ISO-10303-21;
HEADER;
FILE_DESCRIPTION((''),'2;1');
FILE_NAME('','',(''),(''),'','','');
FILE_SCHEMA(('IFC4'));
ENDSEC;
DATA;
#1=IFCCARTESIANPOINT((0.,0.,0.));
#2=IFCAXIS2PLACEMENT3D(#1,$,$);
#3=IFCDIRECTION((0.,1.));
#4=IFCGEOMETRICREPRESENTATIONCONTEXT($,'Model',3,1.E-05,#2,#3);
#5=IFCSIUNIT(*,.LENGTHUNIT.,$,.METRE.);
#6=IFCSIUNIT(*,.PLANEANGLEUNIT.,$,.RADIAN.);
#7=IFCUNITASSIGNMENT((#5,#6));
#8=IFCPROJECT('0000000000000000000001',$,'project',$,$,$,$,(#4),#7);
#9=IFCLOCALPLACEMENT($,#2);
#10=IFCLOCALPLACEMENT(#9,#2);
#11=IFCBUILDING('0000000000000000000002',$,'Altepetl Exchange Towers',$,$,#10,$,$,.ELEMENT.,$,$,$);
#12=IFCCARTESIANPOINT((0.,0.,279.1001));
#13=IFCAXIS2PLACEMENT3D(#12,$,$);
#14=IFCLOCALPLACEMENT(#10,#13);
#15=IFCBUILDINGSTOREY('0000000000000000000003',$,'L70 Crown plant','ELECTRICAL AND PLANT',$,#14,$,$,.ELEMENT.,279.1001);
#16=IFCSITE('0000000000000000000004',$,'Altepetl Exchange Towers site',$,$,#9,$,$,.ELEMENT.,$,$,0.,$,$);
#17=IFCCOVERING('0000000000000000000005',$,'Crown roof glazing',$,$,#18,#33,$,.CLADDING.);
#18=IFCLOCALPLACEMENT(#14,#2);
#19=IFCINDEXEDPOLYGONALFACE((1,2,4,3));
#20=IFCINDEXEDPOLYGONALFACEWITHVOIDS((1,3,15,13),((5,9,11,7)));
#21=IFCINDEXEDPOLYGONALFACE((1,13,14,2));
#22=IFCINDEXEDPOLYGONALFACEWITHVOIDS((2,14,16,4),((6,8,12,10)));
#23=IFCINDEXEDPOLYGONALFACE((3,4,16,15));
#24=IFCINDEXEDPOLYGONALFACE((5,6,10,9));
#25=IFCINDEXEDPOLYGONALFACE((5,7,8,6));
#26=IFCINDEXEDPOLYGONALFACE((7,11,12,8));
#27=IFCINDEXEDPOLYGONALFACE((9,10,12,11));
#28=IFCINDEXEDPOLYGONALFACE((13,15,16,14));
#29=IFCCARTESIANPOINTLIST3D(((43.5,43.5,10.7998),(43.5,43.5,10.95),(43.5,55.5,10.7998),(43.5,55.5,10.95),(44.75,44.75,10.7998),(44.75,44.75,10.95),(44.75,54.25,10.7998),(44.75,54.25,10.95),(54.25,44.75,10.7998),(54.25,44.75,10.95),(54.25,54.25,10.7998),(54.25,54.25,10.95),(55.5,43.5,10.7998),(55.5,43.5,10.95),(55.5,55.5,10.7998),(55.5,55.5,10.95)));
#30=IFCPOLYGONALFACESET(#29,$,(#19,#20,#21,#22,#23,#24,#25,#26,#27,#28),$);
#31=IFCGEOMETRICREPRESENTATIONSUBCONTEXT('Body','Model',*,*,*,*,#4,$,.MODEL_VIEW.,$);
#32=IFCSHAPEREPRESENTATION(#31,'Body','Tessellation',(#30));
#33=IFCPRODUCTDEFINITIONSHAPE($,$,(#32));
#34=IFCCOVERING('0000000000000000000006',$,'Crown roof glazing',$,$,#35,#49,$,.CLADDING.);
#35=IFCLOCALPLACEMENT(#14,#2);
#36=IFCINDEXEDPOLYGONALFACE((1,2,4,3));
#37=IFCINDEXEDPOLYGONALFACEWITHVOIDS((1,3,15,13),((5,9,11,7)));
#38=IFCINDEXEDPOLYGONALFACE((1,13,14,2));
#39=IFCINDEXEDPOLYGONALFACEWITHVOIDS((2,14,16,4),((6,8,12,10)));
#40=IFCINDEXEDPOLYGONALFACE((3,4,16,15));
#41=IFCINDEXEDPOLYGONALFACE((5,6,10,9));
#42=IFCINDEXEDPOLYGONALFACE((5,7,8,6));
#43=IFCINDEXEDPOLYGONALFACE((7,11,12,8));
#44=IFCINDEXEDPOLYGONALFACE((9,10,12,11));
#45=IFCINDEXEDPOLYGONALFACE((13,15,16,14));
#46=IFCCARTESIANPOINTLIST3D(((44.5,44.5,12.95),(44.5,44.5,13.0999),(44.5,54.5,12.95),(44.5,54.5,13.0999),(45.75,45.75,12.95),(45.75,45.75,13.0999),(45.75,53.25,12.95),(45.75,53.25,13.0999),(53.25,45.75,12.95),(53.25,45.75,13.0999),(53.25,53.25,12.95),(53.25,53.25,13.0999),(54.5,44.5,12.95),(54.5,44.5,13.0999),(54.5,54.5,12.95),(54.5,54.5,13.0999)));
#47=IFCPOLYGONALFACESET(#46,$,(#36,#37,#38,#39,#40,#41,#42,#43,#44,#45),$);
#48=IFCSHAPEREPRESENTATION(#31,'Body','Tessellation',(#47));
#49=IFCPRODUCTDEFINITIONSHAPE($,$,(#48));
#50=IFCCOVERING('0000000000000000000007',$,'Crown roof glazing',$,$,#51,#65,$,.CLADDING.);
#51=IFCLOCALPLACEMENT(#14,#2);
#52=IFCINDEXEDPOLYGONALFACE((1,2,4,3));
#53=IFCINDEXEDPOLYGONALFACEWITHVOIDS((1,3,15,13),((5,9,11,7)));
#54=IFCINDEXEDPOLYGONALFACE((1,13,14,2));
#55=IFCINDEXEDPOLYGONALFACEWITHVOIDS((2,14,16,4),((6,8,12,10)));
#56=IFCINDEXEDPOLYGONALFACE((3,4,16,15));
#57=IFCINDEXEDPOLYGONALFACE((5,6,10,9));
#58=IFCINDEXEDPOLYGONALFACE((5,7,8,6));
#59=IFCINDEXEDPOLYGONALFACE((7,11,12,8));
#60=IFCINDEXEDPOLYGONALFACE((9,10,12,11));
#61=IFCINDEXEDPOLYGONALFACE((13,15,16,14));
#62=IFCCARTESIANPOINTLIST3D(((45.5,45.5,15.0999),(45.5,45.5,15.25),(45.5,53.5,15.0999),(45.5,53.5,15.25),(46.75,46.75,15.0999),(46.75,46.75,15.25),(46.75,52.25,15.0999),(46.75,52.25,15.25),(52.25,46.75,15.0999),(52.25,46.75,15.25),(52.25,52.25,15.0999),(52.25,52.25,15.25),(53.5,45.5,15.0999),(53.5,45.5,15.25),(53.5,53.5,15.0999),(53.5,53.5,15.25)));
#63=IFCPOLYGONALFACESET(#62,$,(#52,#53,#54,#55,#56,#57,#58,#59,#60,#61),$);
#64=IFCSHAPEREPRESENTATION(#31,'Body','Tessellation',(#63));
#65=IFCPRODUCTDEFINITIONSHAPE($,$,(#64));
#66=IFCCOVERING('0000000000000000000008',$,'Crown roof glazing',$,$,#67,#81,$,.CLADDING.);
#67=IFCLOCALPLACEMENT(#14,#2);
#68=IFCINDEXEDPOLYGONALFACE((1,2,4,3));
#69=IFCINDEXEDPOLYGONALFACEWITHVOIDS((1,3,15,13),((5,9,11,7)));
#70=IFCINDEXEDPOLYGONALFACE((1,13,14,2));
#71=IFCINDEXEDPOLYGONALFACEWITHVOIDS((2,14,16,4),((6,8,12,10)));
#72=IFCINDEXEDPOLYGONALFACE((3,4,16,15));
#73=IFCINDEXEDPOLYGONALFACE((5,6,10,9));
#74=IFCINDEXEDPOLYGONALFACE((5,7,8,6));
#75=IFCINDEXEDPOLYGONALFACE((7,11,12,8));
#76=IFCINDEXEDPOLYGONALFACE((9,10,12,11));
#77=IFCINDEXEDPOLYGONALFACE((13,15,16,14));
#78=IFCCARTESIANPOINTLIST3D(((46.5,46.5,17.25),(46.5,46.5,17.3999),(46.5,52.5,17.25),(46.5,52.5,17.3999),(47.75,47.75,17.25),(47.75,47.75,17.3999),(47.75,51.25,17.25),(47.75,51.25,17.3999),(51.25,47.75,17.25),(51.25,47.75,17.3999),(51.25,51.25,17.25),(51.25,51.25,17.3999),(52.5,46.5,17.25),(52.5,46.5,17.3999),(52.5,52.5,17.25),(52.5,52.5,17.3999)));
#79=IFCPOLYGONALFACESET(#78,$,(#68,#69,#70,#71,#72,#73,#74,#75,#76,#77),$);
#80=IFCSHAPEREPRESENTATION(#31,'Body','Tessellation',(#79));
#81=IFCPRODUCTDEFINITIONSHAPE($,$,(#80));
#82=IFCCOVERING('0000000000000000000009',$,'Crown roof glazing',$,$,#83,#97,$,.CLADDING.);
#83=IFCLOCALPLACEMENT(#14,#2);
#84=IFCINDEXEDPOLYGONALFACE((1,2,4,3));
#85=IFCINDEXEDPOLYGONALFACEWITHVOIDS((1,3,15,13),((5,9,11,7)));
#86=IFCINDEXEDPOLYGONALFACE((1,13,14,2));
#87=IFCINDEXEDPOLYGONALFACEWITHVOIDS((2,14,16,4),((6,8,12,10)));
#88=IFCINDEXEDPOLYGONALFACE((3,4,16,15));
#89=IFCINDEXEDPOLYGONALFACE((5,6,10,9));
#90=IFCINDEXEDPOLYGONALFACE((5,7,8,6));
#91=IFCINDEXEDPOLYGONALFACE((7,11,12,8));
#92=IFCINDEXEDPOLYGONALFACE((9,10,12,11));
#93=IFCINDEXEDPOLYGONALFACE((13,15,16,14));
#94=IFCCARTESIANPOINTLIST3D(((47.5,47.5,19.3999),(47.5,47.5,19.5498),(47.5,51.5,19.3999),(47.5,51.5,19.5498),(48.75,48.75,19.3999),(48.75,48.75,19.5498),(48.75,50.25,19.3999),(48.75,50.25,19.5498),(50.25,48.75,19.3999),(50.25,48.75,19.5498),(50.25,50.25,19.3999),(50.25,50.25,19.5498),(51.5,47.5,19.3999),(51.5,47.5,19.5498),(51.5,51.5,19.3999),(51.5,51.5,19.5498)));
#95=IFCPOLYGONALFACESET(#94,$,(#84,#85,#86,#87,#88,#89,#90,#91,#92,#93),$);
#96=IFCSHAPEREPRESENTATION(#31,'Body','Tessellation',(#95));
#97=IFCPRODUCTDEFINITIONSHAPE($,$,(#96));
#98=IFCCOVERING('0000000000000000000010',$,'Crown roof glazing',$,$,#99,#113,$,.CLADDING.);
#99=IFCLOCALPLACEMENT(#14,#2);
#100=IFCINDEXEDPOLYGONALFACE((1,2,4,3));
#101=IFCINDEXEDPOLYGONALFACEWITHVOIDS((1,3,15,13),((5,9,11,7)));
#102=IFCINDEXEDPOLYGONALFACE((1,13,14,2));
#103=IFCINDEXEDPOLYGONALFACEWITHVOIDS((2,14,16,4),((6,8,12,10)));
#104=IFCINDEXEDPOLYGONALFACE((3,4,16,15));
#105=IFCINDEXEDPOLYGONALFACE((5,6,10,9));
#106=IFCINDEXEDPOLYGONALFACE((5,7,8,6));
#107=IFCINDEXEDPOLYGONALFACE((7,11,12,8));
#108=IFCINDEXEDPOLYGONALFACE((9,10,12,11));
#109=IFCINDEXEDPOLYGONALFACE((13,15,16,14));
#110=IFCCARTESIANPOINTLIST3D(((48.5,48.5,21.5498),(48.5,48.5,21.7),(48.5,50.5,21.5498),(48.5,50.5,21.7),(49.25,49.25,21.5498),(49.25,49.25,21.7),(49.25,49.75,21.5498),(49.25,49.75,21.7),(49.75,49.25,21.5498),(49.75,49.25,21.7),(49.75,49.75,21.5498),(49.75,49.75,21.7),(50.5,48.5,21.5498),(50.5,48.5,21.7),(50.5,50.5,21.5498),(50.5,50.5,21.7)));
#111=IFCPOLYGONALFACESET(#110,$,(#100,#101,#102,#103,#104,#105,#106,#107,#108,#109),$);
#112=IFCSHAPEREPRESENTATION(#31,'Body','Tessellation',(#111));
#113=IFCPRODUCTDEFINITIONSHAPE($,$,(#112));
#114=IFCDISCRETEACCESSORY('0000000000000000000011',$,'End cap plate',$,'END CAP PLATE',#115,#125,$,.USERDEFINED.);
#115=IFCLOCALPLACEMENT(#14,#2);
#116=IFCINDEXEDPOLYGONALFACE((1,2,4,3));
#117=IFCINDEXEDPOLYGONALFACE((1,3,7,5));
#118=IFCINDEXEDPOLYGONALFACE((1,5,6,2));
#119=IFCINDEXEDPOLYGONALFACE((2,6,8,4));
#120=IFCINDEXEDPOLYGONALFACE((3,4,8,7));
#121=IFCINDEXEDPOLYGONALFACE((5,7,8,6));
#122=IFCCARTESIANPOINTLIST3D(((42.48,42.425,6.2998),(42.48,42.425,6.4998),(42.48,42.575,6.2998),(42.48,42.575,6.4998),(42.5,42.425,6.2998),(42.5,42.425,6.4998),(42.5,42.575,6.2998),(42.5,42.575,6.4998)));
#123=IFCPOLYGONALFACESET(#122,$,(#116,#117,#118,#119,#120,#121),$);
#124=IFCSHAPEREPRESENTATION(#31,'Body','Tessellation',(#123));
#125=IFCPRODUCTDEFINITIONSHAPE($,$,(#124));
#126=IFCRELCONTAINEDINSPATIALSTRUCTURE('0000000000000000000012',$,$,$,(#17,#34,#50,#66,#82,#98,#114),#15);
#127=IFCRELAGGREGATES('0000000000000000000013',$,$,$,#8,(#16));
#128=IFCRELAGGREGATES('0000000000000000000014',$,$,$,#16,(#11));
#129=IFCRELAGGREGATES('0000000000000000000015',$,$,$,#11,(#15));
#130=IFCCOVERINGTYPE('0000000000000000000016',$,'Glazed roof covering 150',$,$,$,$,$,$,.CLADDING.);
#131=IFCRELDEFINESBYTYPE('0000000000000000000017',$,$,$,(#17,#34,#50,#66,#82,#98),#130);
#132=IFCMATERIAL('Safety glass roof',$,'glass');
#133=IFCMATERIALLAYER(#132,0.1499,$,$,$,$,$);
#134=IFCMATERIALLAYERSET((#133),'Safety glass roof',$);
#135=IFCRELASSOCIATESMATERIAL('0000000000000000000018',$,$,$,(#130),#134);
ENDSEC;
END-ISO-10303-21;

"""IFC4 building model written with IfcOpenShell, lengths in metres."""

from ifc_helpers import new_model, si_unit, direction, frame, origin, origin_2d, place, context, subcontext, project, spatial, polyline, rectangle, outline, extrude, material, layer, layer_set, type_object, element, save


model = new_model("IFC4")

# Units and contexts
model_context = context("Model", 3, precision=1e-05, world=origin(), true_north=direction((0.0, 1.0)))
body_context = subcontext(model_context, "Body", "Model", "MODEL_VIEW")
ifc_project = project(units=[si_unit("LENGTHUNIT", "METRE"), si_unit("PLANEANGLEUNIT", "RADIAN")], contexts=[model_context])

# Site, building, storey
site_placement = place(None, origin())
site = spatial("IfcSite", under=ifc_project, at=site_placement, Name="Altepetl Exchange Towers site", CompositionType="ELEMENT", RefElevation=0.0)
building_placement = place(site_placement, origin())
building = spatial("IfcBuilding", under=site, at=building_placement, Name="Altepetl Exchange Towers", CompositionType="ELEMENT")
storey_placement = place(building_placement, frame((0.0, 0.0, 279.1001)))
storey = spatial("IfcBuildingStorey", under=building, at=storey_placement, Name="L70 Crown plant", Description="ELECTRICAL AND PLANT", CompositionType="ELEMENT", Elevation=279.1001)

# Coverings
ifc_material_1 = material(Name="Safety glass roof", Category="glass")
ifc_layer_1 = layer(ifc_material_1, 0.1499)
ifc_layer_set_1 = layer_set([ifc_layer_1], Name="Safety glass roof")
covering_type = type_object("IfcCoveringType", Name="Glazed roof covering 150", PredefinedType="CLADDING", material=ifc_layer_set_1)
covering_1_placement = place(storey_placement, frame((0.0, 0.0, 10.7998)))
element("IfcCovering", 1, at=covering_1_placement, inside=storey, type_object=covering_type, Name="Crown roof glazing", PredefinedType="CLADDING", context=body_context, shape_type="SweptSolid", body=[
    extrude(outline(polyline([(43.5, 43.5), (55.5, 43.5), (55.5, 55.5), (43.5, 55.5), (43.5, 43.5)]), holes=[polyline([(44.75, 44.75), (54.25, 44.75), (54.25, 54.25), (44.75, 54.25), (44.75, 44.75)])]), origin(), (0.0, 0.0, 1.0), 0.1501),
])
covering_2_placement = place(storey_placement, frame((0.0, 0.0, 12.95)))
element("IfcCovering", 2, at=covering_2_placement, inside=storey, type_object=covering_type, Name="Crown roof glazing", PredefinedType="CLADDING", context=body_context, shape_type="SweptSolid", body=[
    extrude(outline(polyline([(44.5, 44.5), (54.5, 44.5), (54.5, 54.5), (44.5, 54.5), (44.5, 44.5)]), holes=[polyline([(45.75, 45.75), (53.25, 45.75), (53.25, 53.25), (45.75, 53.25), (45.75, 45.75)])]), origin(), (0.0, 0.0, 1.0), 0.1499),
])
covering_3_placement = place(storey_placement, frame((0.0, 0.0, 15.0999)))
element("IfcCovering", 3, at=covering_3_placement, inside=storey, type_object=covering_type, Name="Crown roof glazing", PredefinedType="CLADDING", context=body_context, shape_type="SweptSolid", body=[
    extrude(outline(polyline([(45.5, 45.5), (53.5, 45.5), (53.5, 53.5), (45.5, 53.5), (45.5, 45.5)]), holes=[polyline([(46.75, 46.75), (52.25, 46.75), (52.25, 52.25), (46.75, 52.25), (46.75, 46.75)])]), origin(), (0.0, 0.0, 1.0), 0.1501),
])
covering_4_placement = place(storey_placement, frame((0.0, 0.0, 17.25)))
element("IfcCovering", 4, at=covering_4_placement, inside=storey, type_object=covering_type, Name="Crown roof glazing", PredefinedType="CLADDING", context=body_context, shape_type="SweptSolid", body=[
    extrude(outline(polyline([(46.5, 46.5), (52.5, 46.5), (52.5, 52.5), (46.5, 52.5), (46.5, 46.5)]), holes=[polyline([(47.75, 47.75), (51.25, 47.75), (51.25, 51.25), (47.75, 51.25), (47.75, 47.75)])]), origin(), (0.0, 0.0, 1.0), 0.1499),
])
covering_5_placement = place(storey_placement, frame((0.0, 0.0, 19.3999)))
element("IfcCovering", 5, at=covering_5_placement, inside=storey, type_object=covering_type, Name="Crown roof glazing", PredefinedType="CLADDING", context=body_context, shape_type="SweptSolid", body=[
    extrude(outline(polyline([(47.5, 47.5), (51.5, 47.5), (51.5, 51.5), (47.5, 51.5), (47.5, 47.5)]), holes=[polyline([(48.75, 48.75), (50.25, 48.75), (50.25, 50.25), (48.75, 50.25), (48.75, 48.75)])]), origin(), (0.0, 0.0, 1.0), 0.1499),
])
covering_6_placement = place(storey_placement, frame((0.0, 0.0, 21.5498)))
element("IfcCovering", 6, at=covering_6_placement, inside=storey, type_object=covering_type, Name="Crown roof glazing", PredefinedType="CLADDING", context=body_context, shape_type="SweptSolid", body=[
    extrude(outline(polyline([(48.5, 48.5), (50.5, 48.5), (50.5, 50.5), (48.5, 50.5), (48.5, 48.5)]), holes=[polyline([(49.25, 49.25), (49.75, 49.25), (49.75, 49.75), (49.25, 49.75), (49.25, 49.25)])]), origin(), (0.0, 0.0, 1.0), 0.1501),
])

# Discrete accessory
discrete_accessory_placement = place(storey_placement, frame((42.49, 42.5, 6.2998), z_axis=(0.0, 0.0, 1.0), x_axis=(-1.0, 0.0, 0.0)))
element("IfcDiscreteAccessory", 7, at=discrete_accessory_placement, inside=storey, Name="End cap plate", ObjectType="END CAP PLATE", PredefinedType="USERDEFINED", context=body_context, shape_type="SweptSolid", body=[
    extrude(rectangle(XDim=0.02, YDim=0.1499, at=origin_2d()), origin(), (0.0, 0.0, 1.0), 0.2),
])

save(model, "model.ifc")
